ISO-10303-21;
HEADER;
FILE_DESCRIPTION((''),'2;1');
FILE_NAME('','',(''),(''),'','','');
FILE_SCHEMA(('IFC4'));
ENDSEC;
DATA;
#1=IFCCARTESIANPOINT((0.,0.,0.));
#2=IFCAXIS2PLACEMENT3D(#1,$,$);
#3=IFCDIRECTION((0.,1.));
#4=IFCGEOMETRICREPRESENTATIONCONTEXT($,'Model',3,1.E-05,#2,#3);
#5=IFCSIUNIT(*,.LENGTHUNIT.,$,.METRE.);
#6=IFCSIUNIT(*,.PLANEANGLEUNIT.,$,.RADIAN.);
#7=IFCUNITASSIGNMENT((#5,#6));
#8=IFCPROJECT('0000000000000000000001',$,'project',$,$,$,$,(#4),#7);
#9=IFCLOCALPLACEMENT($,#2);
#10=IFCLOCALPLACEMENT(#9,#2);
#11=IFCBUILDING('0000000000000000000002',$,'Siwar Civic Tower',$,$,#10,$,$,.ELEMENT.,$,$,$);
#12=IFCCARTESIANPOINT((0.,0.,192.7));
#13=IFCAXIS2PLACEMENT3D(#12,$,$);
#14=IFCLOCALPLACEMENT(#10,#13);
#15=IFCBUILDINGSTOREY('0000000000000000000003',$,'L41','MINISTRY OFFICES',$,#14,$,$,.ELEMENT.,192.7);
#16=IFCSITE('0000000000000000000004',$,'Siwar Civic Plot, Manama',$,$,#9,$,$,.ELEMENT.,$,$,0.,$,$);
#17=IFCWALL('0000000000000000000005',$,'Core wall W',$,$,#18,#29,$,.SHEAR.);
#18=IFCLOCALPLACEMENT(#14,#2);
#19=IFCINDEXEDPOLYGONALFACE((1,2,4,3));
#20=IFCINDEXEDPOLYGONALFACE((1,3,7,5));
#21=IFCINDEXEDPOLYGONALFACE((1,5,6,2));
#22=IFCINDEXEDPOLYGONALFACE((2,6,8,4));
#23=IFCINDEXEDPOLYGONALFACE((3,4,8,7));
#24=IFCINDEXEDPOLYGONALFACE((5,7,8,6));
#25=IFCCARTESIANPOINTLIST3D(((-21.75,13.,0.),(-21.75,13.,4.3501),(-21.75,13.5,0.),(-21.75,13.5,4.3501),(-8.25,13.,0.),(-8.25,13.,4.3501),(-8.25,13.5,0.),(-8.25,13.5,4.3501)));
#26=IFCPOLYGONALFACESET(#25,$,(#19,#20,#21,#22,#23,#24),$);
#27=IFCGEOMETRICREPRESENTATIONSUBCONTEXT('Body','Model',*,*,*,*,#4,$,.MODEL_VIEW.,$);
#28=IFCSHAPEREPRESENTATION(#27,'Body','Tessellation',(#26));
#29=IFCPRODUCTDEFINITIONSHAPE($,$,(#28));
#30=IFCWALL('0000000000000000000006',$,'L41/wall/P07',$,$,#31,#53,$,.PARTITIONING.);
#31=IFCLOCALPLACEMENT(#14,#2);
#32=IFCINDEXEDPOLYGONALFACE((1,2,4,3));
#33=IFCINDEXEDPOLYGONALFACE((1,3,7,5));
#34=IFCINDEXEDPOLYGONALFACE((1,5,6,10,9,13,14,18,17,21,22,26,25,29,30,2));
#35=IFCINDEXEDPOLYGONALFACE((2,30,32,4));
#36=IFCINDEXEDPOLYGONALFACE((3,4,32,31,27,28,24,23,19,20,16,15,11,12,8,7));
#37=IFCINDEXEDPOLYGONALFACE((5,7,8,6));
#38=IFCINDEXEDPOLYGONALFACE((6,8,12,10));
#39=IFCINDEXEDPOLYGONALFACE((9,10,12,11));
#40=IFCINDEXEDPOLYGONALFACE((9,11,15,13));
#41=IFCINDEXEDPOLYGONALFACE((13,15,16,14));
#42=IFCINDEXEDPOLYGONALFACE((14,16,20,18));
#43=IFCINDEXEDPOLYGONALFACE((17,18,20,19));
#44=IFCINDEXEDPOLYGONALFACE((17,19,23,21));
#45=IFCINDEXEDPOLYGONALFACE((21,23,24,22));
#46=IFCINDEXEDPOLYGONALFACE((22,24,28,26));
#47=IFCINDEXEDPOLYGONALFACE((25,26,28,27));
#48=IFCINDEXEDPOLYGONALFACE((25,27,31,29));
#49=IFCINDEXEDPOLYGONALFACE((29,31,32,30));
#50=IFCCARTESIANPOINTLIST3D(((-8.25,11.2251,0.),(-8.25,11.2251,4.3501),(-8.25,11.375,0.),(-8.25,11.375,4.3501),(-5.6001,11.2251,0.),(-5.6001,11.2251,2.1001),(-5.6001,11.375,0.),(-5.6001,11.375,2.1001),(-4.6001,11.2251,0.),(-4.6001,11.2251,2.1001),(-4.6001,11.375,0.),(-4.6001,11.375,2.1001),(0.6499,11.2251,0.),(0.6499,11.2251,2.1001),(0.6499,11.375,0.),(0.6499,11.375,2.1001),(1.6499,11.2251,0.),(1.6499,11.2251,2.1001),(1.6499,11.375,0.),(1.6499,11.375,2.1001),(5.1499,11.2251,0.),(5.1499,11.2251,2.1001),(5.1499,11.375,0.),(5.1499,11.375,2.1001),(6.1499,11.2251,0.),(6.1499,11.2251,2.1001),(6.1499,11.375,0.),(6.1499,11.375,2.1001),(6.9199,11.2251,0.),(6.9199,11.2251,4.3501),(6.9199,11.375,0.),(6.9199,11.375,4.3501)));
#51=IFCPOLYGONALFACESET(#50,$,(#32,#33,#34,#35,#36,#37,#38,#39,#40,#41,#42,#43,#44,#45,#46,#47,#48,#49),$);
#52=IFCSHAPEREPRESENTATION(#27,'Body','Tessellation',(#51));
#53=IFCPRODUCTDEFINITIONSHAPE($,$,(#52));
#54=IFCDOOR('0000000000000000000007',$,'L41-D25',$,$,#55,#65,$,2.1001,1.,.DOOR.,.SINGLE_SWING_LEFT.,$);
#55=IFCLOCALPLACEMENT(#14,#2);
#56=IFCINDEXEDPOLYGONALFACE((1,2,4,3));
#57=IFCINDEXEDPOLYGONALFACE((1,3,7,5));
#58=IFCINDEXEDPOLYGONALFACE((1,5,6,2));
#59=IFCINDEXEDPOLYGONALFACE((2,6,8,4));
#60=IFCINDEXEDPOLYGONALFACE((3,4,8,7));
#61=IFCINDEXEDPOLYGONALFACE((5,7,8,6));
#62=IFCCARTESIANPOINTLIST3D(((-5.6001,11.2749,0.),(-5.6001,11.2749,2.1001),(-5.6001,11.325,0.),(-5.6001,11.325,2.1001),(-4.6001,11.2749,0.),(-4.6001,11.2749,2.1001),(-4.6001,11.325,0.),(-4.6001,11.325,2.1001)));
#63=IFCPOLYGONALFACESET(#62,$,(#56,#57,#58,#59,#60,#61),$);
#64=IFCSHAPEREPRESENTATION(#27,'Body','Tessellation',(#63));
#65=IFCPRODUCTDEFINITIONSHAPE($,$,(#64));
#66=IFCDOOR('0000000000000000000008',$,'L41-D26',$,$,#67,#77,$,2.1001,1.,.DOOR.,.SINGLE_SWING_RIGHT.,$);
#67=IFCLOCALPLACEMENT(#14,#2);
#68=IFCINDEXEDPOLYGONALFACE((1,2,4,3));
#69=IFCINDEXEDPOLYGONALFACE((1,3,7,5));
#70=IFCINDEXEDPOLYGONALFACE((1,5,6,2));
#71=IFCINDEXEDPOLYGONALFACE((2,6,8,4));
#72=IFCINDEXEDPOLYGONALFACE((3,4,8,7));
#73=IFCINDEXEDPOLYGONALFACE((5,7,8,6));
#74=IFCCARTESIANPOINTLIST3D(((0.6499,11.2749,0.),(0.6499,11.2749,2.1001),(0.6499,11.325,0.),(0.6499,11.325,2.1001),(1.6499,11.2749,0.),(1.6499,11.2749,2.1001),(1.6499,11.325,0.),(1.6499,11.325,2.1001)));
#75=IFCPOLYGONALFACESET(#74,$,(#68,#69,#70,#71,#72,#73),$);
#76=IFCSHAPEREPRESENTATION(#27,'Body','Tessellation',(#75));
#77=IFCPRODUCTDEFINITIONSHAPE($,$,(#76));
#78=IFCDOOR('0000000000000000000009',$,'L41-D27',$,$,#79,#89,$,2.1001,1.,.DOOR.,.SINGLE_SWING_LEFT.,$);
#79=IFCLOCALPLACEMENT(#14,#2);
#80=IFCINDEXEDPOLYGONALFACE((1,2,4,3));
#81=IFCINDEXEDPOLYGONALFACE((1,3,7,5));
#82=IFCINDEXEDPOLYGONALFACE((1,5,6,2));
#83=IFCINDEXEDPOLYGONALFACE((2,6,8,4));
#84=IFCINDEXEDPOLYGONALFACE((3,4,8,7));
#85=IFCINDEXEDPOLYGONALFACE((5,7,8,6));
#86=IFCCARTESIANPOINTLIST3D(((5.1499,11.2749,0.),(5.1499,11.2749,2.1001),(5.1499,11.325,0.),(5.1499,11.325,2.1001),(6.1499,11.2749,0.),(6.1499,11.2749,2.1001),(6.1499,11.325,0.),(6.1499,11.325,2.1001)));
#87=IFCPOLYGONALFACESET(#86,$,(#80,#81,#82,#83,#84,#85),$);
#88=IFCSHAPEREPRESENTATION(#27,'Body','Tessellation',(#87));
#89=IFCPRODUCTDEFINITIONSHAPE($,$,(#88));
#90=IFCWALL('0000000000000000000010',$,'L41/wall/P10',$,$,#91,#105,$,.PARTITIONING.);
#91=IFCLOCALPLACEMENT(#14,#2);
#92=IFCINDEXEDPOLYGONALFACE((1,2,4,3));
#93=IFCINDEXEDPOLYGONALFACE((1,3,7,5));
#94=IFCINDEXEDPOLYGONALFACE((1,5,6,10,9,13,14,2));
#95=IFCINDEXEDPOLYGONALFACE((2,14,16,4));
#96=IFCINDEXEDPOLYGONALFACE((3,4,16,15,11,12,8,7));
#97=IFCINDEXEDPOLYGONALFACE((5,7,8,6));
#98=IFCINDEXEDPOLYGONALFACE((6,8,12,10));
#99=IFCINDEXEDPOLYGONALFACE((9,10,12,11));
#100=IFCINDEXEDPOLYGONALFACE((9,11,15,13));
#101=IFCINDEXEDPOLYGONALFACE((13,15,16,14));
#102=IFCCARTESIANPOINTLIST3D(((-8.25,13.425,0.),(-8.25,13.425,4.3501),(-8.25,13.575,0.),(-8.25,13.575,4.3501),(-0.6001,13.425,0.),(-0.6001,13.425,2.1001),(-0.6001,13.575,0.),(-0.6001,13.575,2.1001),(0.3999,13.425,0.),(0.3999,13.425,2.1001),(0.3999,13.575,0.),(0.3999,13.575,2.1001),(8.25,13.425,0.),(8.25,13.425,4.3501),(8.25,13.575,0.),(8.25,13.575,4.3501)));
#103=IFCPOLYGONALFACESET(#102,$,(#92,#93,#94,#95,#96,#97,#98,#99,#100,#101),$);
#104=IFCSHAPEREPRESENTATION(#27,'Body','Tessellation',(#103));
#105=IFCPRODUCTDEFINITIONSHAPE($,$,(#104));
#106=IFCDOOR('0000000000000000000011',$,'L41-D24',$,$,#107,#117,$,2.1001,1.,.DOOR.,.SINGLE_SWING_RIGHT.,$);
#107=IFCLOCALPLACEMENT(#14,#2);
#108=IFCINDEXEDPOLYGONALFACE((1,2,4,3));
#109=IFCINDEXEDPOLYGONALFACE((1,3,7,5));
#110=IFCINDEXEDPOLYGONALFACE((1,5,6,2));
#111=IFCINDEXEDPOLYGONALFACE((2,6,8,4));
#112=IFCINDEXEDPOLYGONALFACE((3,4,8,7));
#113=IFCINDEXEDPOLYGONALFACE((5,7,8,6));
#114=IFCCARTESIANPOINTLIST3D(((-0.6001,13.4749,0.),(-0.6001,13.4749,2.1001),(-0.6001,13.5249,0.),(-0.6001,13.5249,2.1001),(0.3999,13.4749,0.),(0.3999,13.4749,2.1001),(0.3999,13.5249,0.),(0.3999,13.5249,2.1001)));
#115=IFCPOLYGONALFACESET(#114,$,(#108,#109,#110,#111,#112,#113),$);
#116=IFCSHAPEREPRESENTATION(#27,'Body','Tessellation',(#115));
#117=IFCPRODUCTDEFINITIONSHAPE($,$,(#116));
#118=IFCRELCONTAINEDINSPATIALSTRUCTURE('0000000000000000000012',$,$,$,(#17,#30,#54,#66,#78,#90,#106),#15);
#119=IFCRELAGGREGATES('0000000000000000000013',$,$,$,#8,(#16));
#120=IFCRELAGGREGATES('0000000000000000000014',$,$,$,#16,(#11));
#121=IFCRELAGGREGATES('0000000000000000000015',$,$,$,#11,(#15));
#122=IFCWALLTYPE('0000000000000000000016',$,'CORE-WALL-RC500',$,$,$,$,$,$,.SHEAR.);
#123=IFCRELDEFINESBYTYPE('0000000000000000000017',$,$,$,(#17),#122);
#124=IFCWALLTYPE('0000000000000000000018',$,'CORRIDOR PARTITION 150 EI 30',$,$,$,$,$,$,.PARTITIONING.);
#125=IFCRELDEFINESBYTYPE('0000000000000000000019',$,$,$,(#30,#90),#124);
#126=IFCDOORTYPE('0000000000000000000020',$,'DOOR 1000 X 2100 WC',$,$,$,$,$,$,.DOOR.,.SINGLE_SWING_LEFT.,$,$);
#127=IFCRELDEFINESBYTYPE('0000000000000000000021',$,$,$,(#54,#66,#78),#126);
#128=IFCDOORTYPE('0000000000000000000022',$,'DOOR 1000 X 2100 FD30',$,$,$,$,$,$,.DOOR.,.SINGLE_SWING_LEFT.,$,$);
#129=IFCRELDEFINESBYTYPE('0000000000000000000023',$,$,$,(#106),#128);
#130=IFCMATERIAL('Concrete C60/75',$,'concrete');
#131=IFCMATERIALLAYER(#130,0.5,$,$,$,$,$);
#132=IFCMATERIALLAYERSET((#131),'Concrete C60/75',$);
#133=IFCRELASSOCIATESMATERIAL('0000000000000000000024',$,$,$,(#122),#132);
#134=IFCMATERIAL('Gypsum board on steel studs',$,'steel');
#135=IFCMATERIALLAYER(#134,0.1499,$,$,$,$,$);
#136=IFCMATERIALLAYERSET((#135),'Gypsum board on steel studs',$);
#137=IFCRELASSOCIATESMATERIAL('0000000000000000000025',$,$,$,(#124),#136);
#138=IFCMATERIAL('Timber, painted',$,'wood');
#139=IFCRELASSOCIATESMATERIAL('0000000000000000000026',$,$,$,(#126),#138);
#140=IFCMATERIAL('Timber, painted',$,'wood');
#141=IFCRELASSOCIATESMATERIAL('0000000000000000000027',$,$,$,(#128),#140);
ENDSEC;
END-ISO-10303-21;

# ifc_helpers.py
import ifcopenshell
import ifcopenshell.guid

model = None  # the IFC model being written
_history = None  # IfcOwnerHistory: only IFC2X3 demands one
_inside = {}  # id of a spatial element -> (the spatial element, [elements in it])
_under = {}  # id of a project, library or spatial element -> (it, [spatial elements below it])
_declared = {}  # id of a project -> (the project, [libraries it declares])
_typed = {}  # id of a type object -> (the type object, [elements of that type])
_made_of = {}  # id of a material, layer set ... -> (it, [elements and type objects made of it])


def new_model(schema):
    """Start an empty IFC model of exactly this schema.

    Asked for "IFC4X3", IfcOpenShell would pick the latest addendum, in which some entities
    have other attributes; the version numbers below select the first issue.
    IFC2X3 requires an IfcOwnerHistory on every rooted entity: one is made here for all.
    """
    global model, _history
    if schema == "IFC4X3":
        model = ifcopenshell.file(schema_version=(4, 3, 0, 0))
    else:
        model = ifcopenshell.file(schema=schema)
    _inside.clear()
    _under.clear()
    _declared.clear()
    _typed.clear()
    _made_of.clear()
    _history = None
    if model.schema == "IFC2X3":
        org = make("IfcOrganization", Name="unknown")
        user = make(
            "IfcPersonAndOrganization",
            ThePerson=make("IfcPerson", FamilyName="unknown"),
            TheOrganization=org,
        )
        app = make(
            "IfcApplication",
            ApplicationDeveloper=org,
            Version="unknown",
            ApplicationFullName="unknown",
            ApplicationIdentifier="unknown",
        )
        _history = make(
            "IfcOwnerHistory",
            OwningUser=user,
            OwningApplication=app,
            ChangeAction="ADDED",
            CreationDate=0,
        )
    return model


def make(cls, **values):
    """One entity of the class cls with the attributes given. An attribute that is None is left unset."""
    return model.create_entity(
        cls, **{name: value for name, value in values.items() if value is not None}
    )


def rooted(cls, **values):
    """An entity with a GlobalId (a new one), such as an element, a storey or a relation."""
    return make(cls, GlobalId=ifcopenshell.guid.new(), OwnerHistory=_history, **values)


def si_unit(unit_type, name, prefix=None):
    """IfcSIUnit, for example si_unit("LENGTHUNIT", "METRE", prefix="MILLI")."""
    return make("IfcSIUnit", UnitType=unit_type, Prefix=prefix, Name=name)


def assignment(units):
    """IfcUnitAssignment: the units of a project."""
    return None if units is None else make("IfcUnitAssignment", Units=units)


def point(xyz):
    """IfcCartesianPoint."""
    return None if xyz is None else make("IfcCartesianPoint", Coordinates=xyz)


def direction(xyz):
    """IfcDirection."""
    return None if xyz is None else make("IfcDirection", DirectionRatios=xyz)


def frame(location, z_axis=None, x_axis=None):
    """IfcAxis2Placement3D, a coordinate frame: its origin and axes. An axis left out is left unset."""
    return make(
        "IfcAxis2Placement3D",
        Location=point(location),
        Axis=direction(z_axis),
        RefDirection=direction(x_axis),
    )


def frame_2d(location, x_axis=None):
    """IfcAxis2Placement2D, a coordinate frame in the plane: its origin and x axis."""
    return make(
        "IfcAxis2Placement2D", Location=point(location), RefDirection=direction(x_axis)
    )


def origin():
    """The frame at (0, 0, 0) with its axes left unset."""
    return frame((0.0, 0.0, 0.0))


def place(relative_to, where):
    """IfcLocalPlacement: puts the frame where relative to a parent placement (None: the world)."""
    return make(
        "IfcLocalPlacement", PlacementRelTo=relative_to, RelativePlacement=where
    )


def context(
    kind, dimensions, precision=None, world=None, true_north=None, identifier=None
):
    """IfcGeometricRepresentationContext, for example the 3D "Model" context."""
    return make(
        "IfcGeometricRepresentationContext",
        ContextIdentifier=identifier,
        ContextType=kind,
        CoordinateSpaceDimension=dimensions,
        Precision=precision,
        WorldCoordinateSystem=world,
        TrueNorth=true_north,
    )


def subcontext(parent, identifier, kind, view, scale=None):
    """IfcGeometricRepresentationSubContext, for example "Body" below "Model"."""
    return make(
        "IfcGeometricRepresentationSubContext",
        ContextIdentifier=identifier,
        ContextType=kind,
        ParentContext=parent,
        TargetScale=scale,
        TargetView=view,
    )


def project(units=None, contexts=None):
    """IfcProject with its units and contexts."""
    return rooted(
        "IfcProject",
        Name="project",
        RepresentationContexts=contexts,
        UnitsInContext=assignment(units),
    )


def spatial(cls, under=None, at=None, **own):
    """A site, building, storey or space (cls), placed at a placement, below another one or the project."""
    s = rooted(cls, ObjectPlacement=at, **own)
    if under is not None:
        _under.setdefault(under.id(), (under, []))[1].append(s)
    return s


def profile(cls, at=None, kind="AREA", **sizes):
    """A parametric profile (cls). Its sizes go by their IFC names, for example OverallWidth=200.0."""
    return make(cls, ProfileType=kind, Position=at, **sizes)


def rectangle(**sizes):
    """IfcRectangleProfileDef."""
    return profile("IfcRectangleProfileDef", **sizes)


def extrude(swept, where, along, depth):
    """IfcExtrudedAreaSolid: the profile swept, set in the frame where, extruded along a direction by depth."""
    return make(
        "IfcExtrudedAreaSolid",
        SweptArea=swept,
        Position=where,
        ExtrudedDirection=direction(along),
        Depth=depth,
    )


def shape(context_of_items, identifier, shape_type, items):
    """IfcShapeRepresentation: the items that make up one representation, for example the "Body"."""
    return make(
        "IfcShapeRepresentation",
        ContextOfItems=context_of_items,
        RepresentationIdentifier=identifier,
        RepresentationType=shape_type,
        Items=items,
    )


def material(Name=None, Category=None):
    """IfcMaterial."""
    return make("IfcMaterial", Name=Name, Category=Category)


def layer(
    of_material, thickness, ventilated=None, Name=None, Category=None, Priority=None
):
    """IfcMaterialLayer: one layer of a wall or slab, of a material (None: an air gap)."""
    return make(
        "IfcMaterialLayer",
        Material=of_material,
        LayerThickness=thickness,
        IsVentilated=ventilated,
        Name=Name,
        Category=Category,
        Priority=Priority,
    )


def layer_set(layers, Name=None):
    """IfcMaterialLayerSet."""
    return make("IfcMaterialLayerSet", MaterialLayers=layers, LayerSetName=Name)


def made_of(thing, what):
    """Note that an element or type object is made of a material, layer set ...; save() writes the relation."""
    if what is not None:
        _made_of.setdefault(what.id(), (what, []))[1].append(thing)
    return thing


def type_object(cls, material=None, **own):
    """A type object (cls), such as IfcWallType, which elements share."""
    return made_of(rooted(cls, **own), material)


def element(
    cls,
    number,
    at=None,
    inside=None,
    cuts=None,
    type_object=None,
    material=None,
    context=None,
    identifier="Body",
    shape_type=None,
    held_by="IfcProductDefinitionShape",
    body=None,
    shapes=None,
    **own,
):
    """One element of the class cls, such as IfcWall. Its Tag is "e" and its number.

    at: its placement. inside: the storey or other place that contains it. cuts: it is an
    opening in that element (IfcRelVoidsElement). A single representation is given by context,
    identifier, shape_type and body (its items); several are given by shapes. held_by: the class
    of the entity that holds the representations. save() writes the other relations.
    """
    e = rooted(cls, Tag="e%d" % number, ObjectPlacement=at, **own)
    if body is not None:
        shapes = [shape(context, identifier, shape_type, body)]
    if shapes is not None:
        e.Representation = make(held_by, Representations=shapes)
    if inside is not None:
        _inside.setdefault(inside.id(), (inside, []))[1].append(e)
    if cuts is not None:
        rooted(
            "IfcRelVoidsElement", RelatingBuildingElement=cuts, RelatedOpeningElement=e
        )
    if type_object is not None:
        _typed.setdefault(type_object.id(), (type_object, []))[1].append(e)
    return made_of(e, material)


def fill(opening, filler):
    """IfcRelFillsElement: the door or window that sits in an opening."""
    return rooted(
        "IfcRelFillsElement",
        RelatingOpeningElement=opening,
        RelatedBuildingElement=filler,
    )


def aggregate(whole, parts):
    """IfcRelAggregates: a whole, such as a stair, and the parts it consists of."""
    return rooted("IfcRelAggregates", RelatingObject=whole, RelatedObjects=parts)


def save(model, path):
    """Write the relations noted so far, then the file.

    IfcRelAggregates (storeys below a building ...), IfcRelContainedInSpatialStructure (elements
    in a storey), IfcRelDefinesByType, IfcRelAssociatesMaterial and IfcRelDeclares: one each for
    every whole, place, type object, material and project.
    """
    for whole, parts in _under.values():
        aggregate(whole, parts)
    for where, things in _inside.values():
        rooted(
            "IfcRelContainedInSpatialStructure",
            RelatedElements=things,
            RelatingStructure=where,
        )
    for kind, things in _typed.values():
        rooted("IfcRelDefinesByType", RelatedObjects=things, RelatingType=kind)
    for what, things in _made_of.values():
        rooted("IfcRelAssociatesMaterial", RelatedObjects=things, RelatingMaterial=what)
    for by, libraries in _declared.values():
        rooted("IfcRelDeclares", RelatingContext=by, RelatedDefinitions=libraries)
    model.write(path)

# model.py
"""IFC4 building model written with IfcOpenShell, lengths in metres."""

from ifc_helpers import new_model, si_unit, direction, frame, frame_2d, origin, place, context, subcontext, project, spatial, rectangle, extrude, material, layer, layer_set, type_object, element, fill, save


model = new_model("IFC4")

# Units and contexts
model_context = context("Model", 3, precision=1e-05, world=origin(), true_north=direction((0.0, 1.0)))
body_context = subcontext(model_context, "Body", "Model", "MODEL_VIEW")
ifc_project = project(units=[si_unit("LENGTHUNIT", "METRE"), si_unit("PLANEANGLEUNIT", "RADIAN")], contexts=[model_context])

# Site, building, storey
site_placement = place(None, origin())
site = spatial("IfcSite", under=ifc_project, at=site_placement, Name="Siwar Civic Plot, Manama", CompositionType="ELEMENT", RefElevation=0.0)
building_placement = place(site_placement, origin())
building = spatial("IfcBuilding", under=site, at=building_placement, Name="Siwar Civic Tower", CompositionType="ELEMENT")
storey_placement = place(building_placement, frame((0.0, 0.0, 192.7)))
storey = spatial("IfcBuildingStorey", under=building, at=storey_placement, Name="L41", Description="MINISTRY OFFICES", CompositionType="ELEMENT", Elevation=192.7)

# Wall
ifc_material_1 = material(Name="Concrete C60/75", Category="concrete")
ifc_layer_1 = layer(ifc_material_1, 0.5)
ifc_layer_set_1 = layer_set([ifc_layer_1], Name="Concrete C60/75")
wall_type_1 = type_object("IfcWallType", Name="CORE-WALL-RC500", PredefinedType="SHEAR", material=ifc_layer_set_1)
wall_1_placement = place(storey_placement, frame((-8.25, 13.25, 0.0), z_axis=(0.0, 0.0, 1.0), x_axis=(-1.0, 0.0, 0.0)))
element("IfcWall", 1, at=wall_1_placement, inside=storey, type_object=wall_type_1, Name="Core wall W", PredefinedType="SHEAR", context=body_context, shape_type="SweptSolid", body=[
    extrude(rectangle(XDim=13.5, YDim=0.5, at=frame_2d((6.75, 0.0))), origin(), (0.0, 0.0, 1.0), 4.3501),
])

# Wall, openings, doors
ifc_material_2 = material(Name="Gypsum board on steel studs", Category="steel")
ifc_layer_2 = layer(ifc_material_2, 0.1499)
ifc_layer_set_2 = layer_set([ifc_layer_2], Name="Gypsum board on steel studs")
wall_type_2 = type_object("IfcWallType", Name="CORRIDOR PARTITION 150 EI 30", PredefinedType="PARTITIONING", material=ifc_layer_set_2)
wall_2_placement = place(storey_placement, frame((-8.25, 11.3, 0.0), z_axis=(0.0, 0.0, 1.0), x_axis=(1.0, 0.0, 0.0)))
wall_2 = element("IfcWall", 2, at=wall_2_placement, inside=storey, type_object=wall_type_2, Name="L41/wall/P07", PredefinedType="PARTITIONING", context=body_context, shape_type="SweptSolid", body=[
    extrude(rectangle(XDim=15.1699, YDim=0.1499, at=frame_2d((7.585, 0.0))), origin(), (0.0, 0.0, 1.0), 4.3501),
])
opening_1_placement = place(wall_2_placement, frame((2.6499, 0.0, 0.0)))
opening_1 = element("IfcOpeningElement", 3, at=opening_1_placement, cuts=wall_2, PredefinedType="OPENING", context=body_context, shape_type="SweptSolid", body=[
    extrude(rectangle(XDim=1.0, YDim=2.1001, at=frame_2d((0.5, 1.05))), frame((0.0, 0.085, 0.0), z_axis=(0.0, -1.0, 0.0), x_axis=(1.0, 0.0, 0.0)), (0.0, 0.0, 1.0), 0.1699),
])
opening_2_placement = place(wall_2_placement, frame((8.8999, 0.0, 0.0)))
opening_2 = element("IfcOpeningElement", 4, at=opening_2_placement, cuts=wall_2, PredefinedType="OPENING", context=body_context, shape_type="SweptSolid", body=[
    extrude(rectangle(XDim=1.0, YDim=2.1001, at=frame_2d((0.5, 1.05))), frame((0.0, 0.085, 0.0), z_axis=(0.0, -1.0, 0.0), x_axis=(1.0, 0.0, 0.0)), (0.0, 0.0, 1.0), 0.1699),
])
opening_3_placement = place(wall_2_placement, frame((13.3999, 0.0, 0.0)))
opening_3 = element("IfcOpeningElement", 5, at=opening_3_placement, cuts=wall_2, PredefinedType="OPENING", context=body_context, shape_type="SweptSolid", body=[
    extrude(rectangle(XDim=1.0, YDim=2.1001, at=frame_2d((0.5, 1.05))), frame((0.0, 0.085, 0.0), z_axis=(0.0, -1.0, 0.0), x_axis=(1.0, 0.0, 0.0)), (0.0, 0.0, 1.0), 0.1699),
])
ifc_material_3 = material(Name="Timber, painted", Category="wood")
door_type_1 = type_object("IfcDoorType", Name="DOOR 1000 X 2100 WC", OperationType="SINGLE_SWING_LEFT", PredefinedType="DOOR", material=ifc_material_3)
door_1_placement = place(opening_1_placement, origin())
door_1 = element("IfcDoor", 6, at=door_1_placement, inside=storey, type_object=door_type_1, Name="L41-D25", OperationType="SINGLE_SWING_LEFT", OverallHeight=2.1001, OverallWidth=1.0, PredefinedType="DOOR", context=body_context, shape_type="SweptSolid", body=[
    extrude(rectangle(XDim=1.0, YDim=2.1001, at=frame_2d((0.5, 1.05))), frame((0.0, 0.0249, 0.0), z_axis=(0.0, -1.0, 0.0), x_axis=(1.0, 0.0, 0.0)), (0.0, 0.0, 1.0), 0.05),
])
fill(opening_1, door_1)
door_2_placement = place(opening_2_placement, origin())
door_2 = element("IfcDoor", 7, at=door_2_placement, inside=storey, type_object=door_type_1, Name="L41-D26", OperationType="SINGLE_SWING_RIGHT", OverallHeight=2.1001, OverallWidth=1.0, PredefinedType="DOOR", context=body_context, shape_type="SweptSolid", body=[
    extrude(rectangle(XDim=1.0, YDim=2.1001, at=frame_2d((0.5, 1.05))), frame((0.0, 0.0249, 0.0), z_axis=(0.0, -1.0, 0.0), x_axis=(1.0, 0.0, 0.0)), (0.0, 0.0, 1.0), 0.05),
])
fill(opening_2, door_2)
door_3_placement = place(opening_3_placement, origin())
door_3 = element("IfcDoor", 8, at=door_3_placement, inside=storey, type_object=door_type_1, Name="L41-D27", OperationType="SINGLE_SWING_LEFT", OverallHeight=2.1001, OverallWidth=1.0, PredefinedType="DOOR", context=body_context, shape_type="SweptSolid", body=[
    extrude(rectangle(XDim=1.0, YDim=2.1001, at=frame_2d((0.5, 1.05))), frame((0.0, 0.0249, 0.0), z_axis=(0.0, -1.0, 0.0), x_axis=(1.0, 0.0, 0.0)), (0.0, 0.0, 1.0), 0.05),
])
fill(opening_3, door_3)

# Wall, opening, door
wall_3_placement = place(storey_placement, frame((-8.25, 13.5, 0.0), z_axis=(0.0, 0.0, 1.0), x_axis=(1.0, 0.0, 0.0)))
wall_3 = element("IfcWall", 9, at=wall_3_placement, inside=storey, type_object=wall_type_2, Name="L41/wall/P10", PredefinedType="PARTITIONING", context=body_context, shape_type="SweptSolid", body=[
    extrude(rectangle(XDim=16.5, YDim=0.1499, at=frame_2d((8.25, 0.0))), origin(), (0.0, 0.0, 1.0), 4.3501),
])
opening_4_placement = place(wall_3_placement, frame((7.6499, 0.0, 0.0)))
opening_4 = element("IfcOpeningElement", 10, at=opening_4_placement, cuts=wall_3, PredefinedType="OPENING", context=body_context, shape_type="SweptSolid", body=[
    extrude(rectangle(XDim=1.0, YDim=2.1001, at=frame_2d((0.5, 1.05))), frame((0.0, 0.085, 0.0), z_axis=(0.0, -1.0, 0.0), x_axis=(1.0, 0.0, 0.0)), (0.0, 0.0, 1.0), 0.1699),
])
ifc_material_4 = material(Name="Timber, painted", Category="wood")
door_type_2 = type_object("IfcDoorType", Name="DOOR 1000 X 2100 FD30", OperationType="SINGLE_SWING_LEFT", PredefinedType="DOOR", material=ifc_material_4)
door_4_placement = place(opening_4_placement, origin())
door_4 = element("IfcDoor", 11, at=door_4_placement, inside=storey, type_object=door_type_2, Name="L41-D24", OperationType="SINGLE_SWING_RIGHT", OverallHeight=2.1001, OverallWidth=1.0, PredefinedType="DOOR", context=body_context, shape_type="SweptSolid", body=[
    extrude(rectangle(XDim=1.0, YDim=2.1001, at=frame_2d((0.5, 1.05))), frame((0.0, 0.0249, 0.0), z_axis=(0.0, -1.0, 0.0), x_axis=(1.0, 0.0, 0.0)), (0.0, 0.0, 1.0), 0.05),
])
fill(opening_4, door_4)

save(model, "model.ifc")
